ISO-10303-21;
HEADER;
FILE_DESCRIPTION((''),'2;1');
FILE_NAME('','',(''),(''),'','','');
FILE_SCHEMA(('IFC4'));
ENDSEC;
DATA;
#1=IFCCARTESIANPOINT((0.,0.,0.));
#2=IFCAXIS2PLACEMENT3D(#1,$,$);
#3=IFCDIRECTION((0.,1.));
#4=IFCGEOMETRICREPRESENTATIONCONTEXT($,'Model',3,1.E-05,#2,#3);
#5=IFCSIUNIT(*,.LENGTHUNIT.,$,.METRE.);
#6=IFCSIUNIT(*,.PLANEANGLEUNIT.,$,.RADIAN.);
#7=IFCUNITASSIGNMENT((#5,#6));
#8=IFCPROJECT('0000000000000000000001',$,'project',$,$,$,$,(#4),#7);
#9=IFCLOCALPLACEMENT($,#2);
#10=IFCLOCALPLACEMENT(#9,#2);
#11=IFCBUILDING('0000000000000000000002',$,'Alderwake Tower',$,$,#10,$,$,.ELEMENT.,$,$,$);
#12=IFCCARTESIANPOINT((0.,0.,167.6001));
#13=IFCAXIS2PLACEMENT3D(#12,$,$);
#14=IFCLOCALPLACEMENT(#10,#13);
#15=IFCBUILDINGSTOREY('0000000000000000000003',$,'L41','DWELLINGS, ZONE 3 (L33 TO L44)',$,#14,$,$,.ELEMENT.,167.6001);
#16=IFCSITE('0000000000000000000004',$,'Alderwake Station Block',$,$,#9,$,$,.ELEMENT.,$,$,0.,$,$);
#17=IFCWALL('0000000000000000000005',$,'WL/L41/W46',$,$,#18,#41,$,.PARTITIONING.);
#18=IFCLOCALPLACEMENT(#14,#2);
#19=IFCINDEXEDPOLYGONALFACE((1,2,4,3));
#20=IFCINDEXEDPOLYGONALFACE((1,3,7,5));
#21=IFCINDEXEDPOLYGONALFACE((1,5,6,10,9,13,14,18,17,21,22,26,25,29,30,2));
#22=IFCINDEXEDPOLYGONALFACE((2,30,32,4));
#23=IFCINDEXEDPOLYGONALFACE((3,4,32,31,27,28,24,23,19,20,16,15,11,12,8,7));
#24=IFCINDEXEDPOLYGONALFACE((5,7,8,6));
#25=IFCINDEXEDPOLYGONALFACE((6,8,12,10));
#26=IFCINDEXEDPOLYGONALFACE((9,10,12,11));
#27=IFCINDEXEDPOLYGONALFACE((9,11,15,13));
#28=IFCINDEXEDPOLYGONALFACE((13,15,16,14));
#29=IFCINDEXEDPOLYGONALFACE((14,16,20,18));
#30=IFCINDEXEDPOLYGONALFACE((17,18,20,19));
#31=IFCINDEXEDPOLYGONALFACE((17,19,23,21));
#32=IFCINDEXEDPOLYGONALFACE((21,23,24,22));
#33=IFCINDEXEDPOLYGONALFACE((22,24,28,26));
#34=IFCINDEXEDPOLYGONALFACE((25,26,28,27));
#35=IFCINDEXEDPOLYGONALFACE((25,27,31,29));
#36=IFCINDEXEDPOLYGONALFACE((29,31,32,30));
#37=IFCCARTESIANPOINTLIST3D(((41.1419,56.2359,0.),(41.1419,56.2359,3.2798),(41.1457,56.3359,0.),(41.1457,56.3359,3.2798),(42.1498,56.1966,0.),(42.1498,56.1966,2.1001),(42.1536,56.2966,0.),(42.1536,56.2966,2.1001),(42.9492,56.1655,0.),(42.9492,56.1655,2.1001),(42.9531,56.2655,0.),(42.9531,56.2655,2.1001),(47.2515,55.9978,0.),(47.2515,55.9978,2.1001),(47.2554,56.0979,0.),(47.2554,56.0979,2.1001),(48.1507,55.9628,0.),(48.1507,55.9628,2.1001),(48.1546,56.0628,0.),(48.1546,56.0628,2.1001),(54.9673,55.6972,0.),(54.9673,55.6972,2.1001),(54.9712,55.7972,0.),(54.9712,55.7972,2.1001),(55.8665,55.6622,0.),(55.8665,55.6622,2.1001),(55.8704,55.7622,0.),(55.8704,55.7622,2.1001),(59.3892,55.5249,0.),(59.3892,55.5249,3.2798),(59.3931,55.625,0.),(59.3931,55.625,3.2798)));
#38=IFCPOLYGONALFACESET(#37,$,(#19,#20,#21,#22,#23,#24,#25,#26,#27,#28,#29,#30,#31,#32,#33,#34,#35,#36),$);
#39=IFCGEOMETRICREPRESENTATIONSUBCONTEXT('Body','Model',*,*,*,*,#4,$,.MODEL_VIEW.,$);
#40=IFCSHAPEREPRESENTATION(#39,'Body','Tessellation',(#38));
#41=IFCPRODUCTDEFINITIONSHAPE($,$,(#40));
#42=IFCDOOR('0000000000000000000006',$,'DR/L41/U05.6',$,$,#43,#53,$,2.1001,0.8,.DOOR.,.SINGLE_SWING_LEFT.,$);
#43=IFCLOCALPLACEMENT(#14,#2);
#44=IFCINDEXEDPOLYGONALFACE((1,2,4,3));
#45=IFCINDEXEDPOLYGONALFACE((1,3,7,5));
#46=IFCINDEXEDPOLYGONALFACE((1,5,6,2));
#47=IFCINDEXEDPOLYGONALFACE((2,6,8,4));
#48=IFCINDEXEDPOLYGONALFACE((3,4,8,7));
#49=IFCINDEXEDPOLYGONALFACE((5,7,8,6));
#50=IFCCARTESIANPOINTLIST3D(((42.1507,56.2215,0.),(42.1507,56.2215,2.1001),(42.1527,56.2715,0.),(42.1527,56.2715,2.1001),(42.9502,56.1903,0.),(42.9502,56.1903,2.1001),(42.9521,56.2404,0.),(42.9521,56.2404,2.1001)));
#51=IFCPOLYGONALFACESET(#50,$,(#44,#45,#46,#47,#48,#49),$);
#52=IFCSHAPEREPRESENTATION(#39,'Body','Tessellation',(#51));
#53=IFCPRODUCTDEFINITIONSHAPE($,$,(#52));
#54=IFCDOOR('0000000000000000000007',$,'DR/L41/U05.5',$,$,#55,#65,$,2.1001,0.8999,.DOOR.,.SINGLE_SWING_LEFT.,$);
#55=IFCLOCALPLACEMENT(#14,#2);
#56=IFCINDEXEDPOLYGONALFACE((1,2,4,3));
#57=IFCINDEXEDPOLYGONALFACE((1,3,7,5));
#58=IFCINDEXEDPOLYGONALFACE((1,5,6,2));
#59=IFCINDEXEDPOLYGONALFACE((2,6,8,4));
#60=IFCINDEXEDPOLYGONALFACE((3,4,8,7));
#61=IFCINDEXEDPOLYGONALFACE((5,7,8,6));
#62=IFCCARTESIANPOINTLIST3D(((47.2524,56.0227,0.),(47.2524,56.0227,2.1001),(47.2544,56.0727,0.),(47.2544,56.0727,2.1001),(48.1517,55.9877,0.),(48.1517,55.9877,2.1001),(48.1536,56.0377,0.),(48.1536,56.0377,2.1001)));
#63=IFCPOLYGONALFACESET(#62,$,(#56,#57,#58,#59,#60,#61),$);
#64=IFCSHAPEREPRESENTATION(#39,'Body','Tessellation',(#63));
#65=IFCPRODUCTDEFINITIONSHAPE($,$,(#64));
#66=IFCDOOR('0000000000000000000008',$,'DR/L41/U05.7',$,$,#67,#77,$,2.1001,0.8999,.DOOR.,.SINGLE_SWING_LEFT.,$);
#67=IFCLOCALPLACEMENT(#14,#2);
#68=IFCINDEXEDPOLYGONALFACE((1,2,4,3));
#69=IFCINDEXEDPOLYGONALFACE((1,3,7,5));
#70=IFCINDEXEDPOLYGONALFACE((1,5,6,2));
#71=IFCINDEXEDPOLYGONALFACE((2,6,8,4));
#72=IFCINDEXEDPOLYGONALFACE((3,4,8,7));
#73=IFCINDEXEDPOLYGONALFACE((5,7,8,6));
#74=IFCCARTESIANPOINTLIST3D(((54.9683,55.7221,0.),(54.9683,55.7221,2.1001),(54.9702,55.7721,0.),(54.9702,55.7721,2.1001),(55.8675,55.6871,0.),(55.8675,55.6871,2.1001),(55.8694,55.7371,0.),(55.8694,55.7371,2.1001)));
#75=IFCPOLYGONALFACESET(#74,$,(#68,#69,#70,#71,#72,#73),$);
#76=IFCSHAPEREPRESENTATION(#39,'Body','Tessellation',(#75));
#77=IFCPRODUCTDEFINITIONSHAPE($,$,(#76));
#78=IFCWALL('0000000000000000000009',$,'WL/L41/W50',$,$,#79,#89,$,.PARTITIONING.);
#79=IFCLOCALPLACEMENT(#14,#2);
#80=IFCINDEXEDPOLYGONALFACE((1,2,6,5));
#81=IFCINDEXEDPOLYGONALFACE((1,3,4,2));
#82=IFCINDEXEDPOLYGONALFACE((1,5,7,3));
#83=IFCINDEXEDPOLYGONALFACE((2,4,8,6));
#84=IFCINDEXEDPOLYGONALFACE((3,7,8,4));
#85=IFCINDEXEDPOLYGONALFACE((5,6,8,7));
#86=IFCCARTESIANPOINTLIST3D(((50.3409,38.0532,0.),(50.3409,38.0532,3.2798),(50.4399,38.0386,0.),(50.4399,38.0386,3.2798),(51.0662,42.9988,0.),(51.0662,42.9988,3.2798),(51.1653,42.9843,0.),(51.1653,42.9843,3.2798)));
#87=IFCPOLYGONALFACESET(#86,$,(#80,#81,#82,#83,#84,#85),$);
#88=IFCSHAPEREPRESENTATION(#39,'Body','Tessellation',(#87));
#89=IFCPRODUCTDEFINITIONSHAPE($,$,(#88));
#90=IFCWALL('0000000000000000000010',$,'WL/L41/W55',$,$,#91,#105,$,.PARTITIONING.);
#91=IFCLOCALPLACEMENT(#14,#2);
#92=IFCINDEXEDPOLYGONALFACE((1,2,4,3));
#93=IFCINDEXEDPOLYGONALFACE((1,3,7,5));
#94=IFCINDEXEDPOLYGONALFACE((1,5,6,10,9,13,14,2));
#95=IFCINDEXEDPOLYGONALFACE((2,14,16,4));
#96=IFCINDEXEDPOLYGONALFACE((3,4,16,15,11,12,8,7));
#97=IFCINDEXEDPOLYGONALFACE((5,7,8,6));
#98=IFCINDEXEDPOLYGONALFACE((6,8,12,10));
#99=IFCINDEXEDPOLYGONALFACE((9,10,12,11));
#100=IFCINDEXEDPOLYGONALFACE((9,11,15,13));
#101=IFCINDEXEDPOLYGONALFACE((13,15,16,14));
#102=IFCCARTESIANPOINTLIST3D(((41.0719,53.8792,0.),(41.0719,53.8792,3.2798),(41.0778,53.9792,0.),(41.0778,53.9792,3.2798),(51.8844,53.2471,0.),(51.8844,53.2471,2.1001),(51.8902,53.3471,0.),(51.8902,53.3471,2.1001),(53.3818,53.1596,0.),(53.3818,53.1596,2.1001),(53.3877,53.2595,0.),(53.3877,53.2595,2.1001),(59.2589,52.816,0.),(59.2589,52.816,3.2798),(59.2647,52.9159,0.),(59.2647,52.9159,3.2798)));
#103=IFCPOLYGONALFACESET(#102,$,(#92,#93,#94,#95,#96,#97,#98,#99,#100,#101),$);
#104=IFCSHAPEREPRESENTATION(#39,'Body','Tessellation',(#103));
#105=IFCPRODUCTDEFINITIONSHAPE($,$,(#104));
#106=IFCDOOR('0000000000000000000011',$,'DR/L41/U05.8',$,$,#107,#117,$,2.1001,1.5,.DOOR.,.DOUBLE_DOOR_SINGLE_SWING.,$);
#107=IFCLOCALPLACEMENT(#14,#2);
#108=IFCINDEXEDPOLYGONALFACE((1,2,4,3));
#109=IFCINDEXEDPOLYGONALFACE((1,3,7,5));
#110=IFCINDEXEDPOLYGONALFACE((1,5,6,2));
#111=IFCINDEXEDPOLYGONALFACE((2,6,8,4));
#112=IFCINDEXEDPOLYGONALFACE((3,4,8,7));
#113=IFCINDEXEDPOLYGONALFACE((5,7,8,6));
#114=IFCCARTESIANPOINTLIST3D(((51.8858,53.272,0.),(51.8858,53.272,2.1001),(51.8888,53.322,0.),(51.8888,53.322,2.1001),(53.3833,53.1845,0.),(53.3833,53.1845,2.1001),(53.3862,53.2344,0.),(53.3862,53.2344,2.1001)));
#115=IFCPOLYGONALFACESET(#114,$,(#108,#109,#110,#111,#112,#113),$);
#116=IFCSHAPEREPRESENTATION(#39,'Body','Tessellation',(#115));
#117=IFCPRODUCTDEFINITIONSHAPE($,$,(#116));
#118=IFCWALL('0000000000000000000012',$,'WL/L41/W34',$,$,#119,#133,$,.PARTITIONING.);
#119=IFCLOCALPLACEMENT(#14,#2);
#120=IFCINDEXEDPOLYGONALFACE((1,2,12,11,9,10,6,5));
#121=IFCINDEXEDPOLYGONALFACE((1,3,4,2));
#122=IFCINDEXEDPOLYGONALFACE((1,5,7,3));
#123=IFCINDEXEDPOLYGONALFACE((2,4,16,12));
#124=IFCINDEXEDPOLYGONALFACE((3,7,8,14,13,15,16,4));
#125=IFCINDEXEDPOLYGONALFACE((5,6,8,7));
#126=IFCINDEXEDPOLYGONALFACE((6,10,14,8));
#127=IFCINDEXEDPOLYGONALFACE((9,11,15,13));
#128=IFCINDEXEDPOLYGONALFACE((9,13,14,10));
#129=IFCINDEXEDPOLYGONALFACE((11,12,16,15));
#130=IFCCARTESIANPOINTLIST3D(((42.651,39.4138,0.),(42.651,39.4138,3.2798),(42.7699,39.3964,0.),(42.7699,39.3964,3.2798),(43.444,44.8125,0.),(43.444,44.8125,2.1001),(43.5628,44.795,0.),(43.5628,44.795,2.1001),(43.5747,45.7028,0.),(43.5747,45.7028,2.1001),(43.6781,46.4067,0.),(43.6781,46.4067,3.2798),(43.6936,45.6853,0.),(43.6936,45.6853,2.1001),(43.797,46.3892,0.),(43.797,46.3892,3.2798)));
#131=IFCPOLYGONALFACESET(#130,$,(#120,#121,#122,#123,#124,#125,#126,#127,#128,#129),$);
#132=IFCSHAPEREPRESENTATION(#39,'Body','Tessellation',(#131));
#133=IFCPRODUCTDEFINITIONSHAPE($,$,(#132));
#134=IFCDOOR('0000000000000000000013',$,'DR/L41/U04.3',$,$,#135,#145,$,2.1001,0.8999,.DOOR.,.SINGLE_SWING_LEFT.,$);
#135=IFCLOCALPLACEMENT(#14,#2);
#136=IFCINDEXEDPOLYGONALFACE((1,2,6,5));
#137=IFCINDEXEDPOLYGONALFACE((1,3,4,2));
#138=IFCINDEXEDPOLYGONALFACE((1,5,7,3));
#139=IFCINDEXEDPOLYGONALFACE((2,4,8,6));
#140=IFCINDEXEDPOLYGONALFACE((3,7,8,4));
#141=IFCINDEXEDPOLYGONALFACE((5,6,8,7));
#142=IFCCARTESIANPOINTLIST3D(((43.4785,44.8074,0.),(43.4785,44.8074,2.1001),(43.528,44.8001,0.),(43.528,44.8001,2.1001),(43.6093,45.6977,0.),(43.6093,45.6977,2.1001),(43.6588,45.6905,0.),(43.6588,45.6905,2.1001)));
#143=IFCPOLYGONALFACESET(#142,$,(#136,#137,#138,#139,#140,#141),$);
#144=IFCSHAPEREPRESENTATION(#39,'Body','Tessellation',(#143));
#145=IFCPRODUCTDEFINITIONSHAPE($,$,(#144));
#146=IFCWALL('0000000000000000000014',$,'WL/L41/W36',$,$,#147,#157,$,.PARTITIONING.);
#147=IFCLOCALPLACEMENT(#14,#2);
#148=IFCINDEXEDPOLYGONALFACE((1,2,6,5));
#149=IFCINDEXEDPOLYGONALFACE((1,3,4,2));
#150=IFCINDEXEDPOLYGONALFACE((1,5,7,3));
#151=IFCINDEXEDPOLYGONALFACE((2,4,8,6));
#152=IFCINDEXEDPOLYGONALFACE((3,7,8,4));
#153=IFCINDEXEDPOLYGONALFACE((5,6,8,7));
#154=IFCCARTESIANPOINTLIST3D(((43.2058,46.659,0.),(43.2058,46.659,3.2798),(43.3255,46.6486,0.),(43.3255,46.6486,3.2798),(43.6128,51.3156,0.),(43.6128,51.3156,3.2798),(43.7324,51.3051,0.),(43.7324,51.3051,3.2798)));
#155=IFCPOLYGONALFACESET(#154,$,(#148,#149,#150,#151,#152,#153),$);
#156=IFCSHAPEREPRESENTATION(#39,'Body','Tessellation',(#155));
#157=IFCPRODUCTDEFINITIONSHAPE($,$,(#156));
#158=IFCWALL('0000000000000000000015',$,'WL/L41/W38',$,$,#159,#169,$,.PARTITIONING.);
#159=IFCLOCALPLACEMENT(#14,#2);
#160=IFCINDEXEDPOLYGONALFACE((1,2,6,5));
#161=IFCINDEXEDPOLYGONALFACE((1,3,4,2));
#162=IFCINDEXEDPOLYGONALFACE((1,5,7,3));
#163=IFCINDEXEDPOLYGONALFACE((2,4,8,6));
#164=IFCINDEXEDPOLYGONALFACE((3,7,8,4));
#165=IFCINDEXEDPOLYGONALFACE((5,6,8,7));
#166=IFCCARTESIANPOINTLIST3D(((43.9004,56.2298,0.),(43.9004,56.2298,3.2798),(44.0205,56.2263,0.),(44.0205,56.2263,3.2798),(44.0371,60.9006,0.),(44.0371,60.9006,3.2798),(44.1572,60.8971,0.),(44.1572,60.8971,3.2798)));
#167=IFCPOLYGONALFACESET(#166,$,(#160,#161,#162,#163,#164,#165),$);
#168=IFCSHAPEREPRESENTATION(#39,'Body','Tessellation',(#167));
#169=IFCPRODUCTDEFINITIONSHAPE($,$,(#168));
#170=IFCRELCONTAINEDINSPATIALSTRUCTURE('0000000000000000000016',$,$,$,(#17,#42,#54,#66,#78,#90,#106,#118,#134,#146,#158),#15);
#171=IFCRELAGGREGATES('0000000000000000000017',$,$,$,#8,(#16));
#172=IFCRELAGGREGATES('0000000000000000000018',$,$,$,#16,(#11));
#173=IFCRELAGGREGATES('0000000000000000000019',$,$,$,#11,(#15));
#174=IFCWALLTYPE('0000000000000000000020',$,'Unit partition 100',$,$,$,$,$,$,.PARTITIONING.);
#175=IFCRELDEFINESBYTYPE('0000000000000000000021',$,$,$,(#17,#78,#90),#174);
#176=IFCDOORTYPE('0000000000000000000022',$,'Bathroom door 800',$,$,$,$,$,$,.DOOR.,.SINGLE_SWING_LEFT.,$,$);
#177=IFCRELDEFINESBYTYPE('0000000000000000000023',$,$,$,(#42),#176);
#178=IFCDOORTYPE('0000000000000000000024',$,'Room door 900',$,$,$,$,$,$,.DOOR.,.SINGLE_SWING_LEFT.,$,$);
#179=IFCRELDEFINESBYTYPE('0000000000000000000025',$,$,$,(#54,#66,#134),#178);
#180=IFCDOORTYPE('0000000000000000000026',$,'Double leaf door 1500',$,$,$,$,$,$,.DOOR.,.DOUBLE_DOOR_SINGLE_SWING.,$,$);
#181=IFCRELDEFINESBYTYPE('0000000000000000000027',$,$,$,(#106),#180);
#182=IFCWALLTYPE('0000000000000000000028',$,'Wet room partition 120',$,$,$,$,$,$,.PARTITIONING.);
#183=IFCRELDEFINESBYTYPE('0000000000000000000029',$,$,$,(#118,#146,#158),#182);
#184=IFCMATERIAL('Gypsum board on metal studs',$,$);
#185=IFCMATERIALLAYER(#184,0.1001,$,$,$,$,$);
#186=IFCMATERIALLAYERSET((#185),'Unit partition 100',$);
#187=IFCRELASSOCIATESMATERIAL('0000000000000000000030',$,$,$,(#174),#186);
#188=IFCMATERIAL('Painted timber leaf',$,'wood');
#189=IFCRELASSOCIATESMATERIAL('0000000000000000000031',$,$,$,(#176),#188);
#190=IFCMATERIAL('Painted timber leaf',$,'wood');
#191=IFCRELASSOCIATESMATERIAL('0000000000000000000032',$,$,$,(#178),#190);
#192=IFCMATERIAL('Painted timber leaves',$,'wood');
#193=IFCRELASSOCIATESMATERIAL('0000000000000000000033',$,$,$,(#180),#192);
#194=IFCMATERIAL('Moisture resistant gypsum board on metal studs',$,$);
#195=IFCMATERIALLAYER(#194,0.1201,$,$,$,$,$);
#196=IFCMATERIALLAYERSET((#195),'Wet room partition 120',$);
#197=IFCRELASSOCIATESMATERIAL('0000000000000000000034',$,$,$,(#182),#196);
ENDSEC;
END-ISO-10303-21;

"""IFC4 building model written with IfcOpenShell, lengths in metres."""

from ifc_helpers import new_model, si_unit, direction, frame, frame_2d, origin, place, context, subcontext, project, spatial, rectangle, extrude, material, layer, layer_set, type_object, element, fill, save


model = new_model("IFC4")

# Units and contexts
model_context = context("Model", 3, precision=1e-05, world=origin(), true_north=direction((0.0, 1.0)))
body_context = subcontext(model_context, "Body", "Model", "MODEL_VIEW")
ifc_project = project(units=[si_unit("LENGTHUNIT", "METRE"), si_unit("PLANEANGLEUNIT", "RADIAN")], contexts=[model_context])

# Site, building, storey
site_placement = place(None, origin())
site = spatial("IfcSite", under=ifc_project, at=site_placement, Name="Alderwake Station Block", CompositionType="ELEMENT", RefElevation=0.0)
building_placement = place(site_placement, origin())
building = spatial("IfcBuilding", under=site, at=building_placement, Name="Alderwake Tower", CompositionType="ELEMENT")
storey_placement = place(building_placement, frame((0.0, 0.0, 167.6001)))
storey = spatial("IfcBuildingStorey", under=building, at=storey_placement, Name="L41", Description="DWELLINGS, ZONE 3 (L33 TO L44)", CompositionType="ELEMENT", Elevation=167.6001)

# Wall, openings, doors
ifc_material_1 = material(Name="Gypsum board on metal studs")
ifc_layer_1 = layer(ifc_material_1, 0.1001)
ifc_layer_set_1 = layer_set([ifc_layer_1], Name="Unit partition 100")
wall_type_1 = type_object("IfcWallType", Name="Unit partition 100", PredefinedType="PARTITIONING", material=ifc_layer_set_1)
wall_1_placement = place(storey_placement, frame((41.1438, 56.2859, 0.0), z_axis=(0.0, 0.0, 1.0), x_axis=(0.999242, -0.038932, 0.0)))
wall_1 = element("IfcWall", 1, at=wall_1_placement, inside=storey, type_object=wall_type_1, Name="WL/L41/W46", PredefinedType="PARTITIONING", context=body_context, shape_type="SweptSolid", body=[
    extrude(rectangle(XDim=18.2612, YDim=0.1001, at=frame_2d((9.1306, 0.0))), origin(), (0.0, 0.0, 1.0), 3.2798),
])
opening_1_placement = place(wall_1_placement, frame((6.1143, 0.0, 0.0)))
opening_1 = element("IfcOpeningElement", 2, at=opening_1_placement, cuts=wall_1, PredefinedType="OPENING", context=body_context, shape_type="SweptSolid", body=[
    extrude(rectangle(XDim=0.8999, YDim=2.1001, at=frame_2d((0.45, 1.05))), frame((0.0, 0.0601, 0.0), z_axis=(0.0, -1.0, 0.0), x_axis=(1.0, 0.0, 0.0)), (0.0, 0.0, 1.0), 0.1201),
])
opening_2_placement = place(wall_1_placement, frame((1.0088, 0.0, 0.0)))
opening_2 = element("IfcOpeningElement", 3, at=opening_2_placement, cuts=wall_1, PredefinedType="OPENING", context=body_context, shape_type="SweptSolid", body=[
    extrude(rectangle(XDim=0.8, YDim=2.1001, at=frame_2d((0.3999, 1.05))), frame((0.0, 0.0601, 0.0), z_axis=(0.0, -1.0, 0.0), x_axis=(1.0, 0.0, 0.0)), (0.0, 0.0, 1.0), 0.1201),
])
opening_3_placement = place(wall_1_placement, frame((13.8359, 0.0, 0.0)))
opening_3 = element("IfcOpeningElement", 4, at=opening_3_placement, cuts=wall_1, PredefinedType="OPENING", context=body_context, shape_type="SweptSolid", body=[
    extrude(rectangle(XDim=0.8999, YDim=2.1001, at=frame_2d((0.45, 1.05))), frame((0.0, 0.0601, 0.0), z_axis=(0.0, -1.0, 0.0), x_axis=(1.0, 0.0, 0.0)), (0.0, 0.0, 1.0), 0.1201),
])
ifc_material_2 = material(Name="Painted timber leaf", Category="wood")
door_type_1 = type_object("IfcDoorType", Name="Bathroom door 800", OperationType="SINGLE_SWING_LEFT", PredefinedType="DOOR", material=ifc_material_2)
door_1_placement = place(opening_2_placement, origin())
door_1 = element("IfcDoor", 5, at=door_1_placement, inside=storey, type_object=door_type_1, Name="DR/L41/U05.6", OperationType="SINGLE_SWING_LEFT", OverallHeight=2.1001, OverallWidth=0.8, PredefinedType="DOOR", context=body_context, shape_type="SweptSolid", body=[
    extrude(rectangle(XDim=0.8, YDim=2.1001, at=frame_2d((0.3999, 1.05))), frame((0.0, 0.0249, 0.0), z_axis=(0.0, -1.0, 0.0), x_axis=(1.0, 0.0, 0.0)), (0.0, 0.0, 1.0), 0.05),
])
fill(opening_2, door_1)
ifc_material_3 = material(Name="Painted timber leaf", Category="wood")
door_type_2 = type_object("IfcDoorType", Name="Room door 900", OperationType="SINGLE_SWING_LEFT", PredefinedType="DOOR", material=ifc_material_3)
door_2_placement = place(opening_1_placement, origin())
door_2 = element("IfcDoor", 6, at=door_2_placement, inside=storey, type_object=door_type_2, Name="DR/L41/U05.5", OperationType="SINGLE_SWING_LEFT", OverallHeight=2.1001, OverallWidth=0.8999, PredefinedType="DOOR", context=body_context, shape_type="SweptSolid", body=[
    extrude(rectangle(XDim=0.8999, YDim=2.1001, at=frame_2d((0.45, 1.05))), frame((0.0, 0.0249, 0.0), z_axis=(0.0, -1.0, 0.0), x_axis=(1.0, 0.0, 0.0)), (0.0, 0.0, 1.0), 0.05),
])
fill(opening_1, door_2)
door_3_placement = place(opening_3_placement, origin())
door_3 = element("IfcDoor", 7, at=door_3_placement, inside=storey, type_object=door_type_2, Name="DR/L41/U05.7", OperationType="SINGLE_SWING_LEFT", OverallHeight=2.1001, OverallWidth=0.8999, PredefinedType="DOOR", context=body_context, shape_type="SweptSolid", body=[
    extrude(rectangle(XDim=0.8999, YDim=2.1001, at=frame_2d((0.45, 1.05))), frame((0.0, 0.0249, 0.0), z_axis=(0.0, -1.0, 0.0), x_axis=(1.0, 0.0, 0.0)), (0.0, 0.0, 1.0), 0.05),
])
fill(opening_3, door_3)

# Wall
wall_2_placement = place(storey_placement, frame((50.3904, 38.0459, 0.0), z_axis=(0.0, 0.0, 1.0), x_axis=(0.145113, 0.989415, 0.0)))
element("IfcWall", 8, at=wall_2_placement, inside=storey, type_object=wall_type_1, Name="WL/L41/W50", PredefinedType="PARTITIONING", context=body_context, shape_type="SweptSolid", body=[
    extrude(rectangle(XDim=4.9985, YDim=0.1001, at=frame_2d((2.4993, 0.0))), origin(), (0.0, 0.0, 1.0), 3.2798),
])

# Walls, openings, doors
wall_3_placement = place(storey_placement, frame((41.075, 53.9292, 0.0), z_axis=(0.0, 0.0, 1.0), x_axis=(0.998296, -0.058361, 0.0)))
wall_3 = element("IfcWall", 9, at=wall_3_placement, inside=storey, type_object=wall_type_1, Name="WL/L41/W55", PredefinedType="PARTITIONING", context=body_context, shape_type="SweptSolid", body=[
    extrude(rectangle(XDim=18.218, YDim=0.1001, at=frame_2d((9.1089, 0.0))), origin(), (0.0, 0.0, 1.0), 3.2798),
])
opening_4_placement = place(wall_3_placement, frame((10.8308, 0.0, 0.0)))
opening_4 = element("IfcOpeningElement", 10, at=opening_4_placement, cuts=wall_3, PredefinedType="OPENING", context=body_context, shape_type="SweptSolid", body=[
    extrude(rectangle(XDim=1.5, YDim=2.1001, at=frame_2d((0.75, 1.05))), frame((0.0, 0.0601, 0.0), z_axis=(0.0, -1.0, 0.0), x_axis=(1.0, 0.0, 0.0)), (0.0, 0.0, 1.0), 0.1201),
])
ifc_material_4 = material(Name="Painted timber leaves", Category="wood")
door_type_3 = type_object("IfcDoorType", Name="Double leaf door 1500", OperationType="DOUBLE_DOOR_SINGLE_SWING", PredefinedType="DOOR", material=ifc_material_4)
door_4_placement = place(opening_4_placement, origin())
door_4 = element("IfcDoor", 11, at=door_4_placement, inside=storey, type_object=door_type_3, Name="DR/L41/U05.8", OperationType="DOUBLE_DOOR_SINGLE_SWING", OverallHeight=2.1001, OverallWidth=1.5, PredefinedType="DOOR", context=body_context, shape_type="SweptSolid", body=[
    extrude(rectangle(XDim=1.5, YDim=2.1001, at=frame_2d((0.75, 1.05))), frame((0.0, 0.0249, 0.0), z_axis=(0.0, -1.0, 0.0), x_axis=(1.0, 0.0, 0.0)), (0.0, 0.0, 1.0), 0.05),
])
fill(opening_4, door_4)
ifc_material_5 = material(Name="Moisture resistant gypsum board on metal studs")
ifc_layer_2 = layer(ifc_material_5, 0.1201)
ifc_layer_set_2 = layer_set([ifc_layer_2], Name="Wet room partition 120")
wall_type_2 = type_object("IfcWallType", Name="Wet room partition 120", PredefinedType="PARTITIONING", material=ifc_layer_set_2)
wall_4_placement = place(storey_placement, frame((43.7375, 46.3979, 0.0), z_axis=(0.0, 0.0, 1.0), x_axis=(-0.145318, -0.989385, 0.0)))
wall_4 = element("IfcWall", 12, at=wall_4_placement, inside=storey, type_object=wall_type_2, Name="WL/L41/W34", PredefinedType="PARTITIONING", context=body_context, shape_type="SweptSolid", body=[
    extrude(rectangle(XDim=7.0679, YDim=0.1201, at=frame_2d((3.5339, 0.0))), origin(), (0.0, 0.0, 1.0), 3.2798),
])
opening_5_placement = place(wall_4_placement, frame((0.7114, 0.0, 0.0)))
opening_5 = element("IfcOpeningElement", 13, at=opening_5_placement, cuts=wall_4, PredefinedType="OPENING", context=body_context, shape_type="SweptSolid", body=[
    extrude(rectangle(XDim=0.8999, YDim=2.1001, at=frame_2d((0.45, 1.05))), frame((0.0, 0.0701, 0.0), z_axis=(0.0, -1.0, 0.0), x_axis=(1.0, 0.0, 0.0)), (0.0, 0.0, 1.0), 0.1401),
])
door_5_placement = place(opening_5_placement, origin())
door_5 = element("IfcDoor", 14, at=door_5_placement, inside=storey, type_object=door_type_2, Name="DR/L41/U04.3", OperationType="SINGLE_SWING_LEFT", OverallHeight=2.1001, OverallWidth=0.8999, PredefinedType="DOOR", context=body_context, shape_type="SweptSolid", body=[
    extrude(rectangle(XDim=0.8999, YDim=2.1001, at=frame_2d((0.45, 1.05))), frame((0.0, 0.0249, 0.0), z_axis=(0.0, -1.0, 0.0), x_axis=(1.0, 0.0, 0.0)), (0.0, 0.0, 1.0), 0.05),
])
fill(opening_5, door_5)

# Walls
wall_5_placement = place(storey_placement, frame((43.2656, 46.6538, 0.0), z_axis=(0.0, 0.0, 1.0), x_axis=(0.087069, 0.996202, 0.0)))
element("IfcWall", 15, at=wall_5_placement, inside=storey, type_object=wall_type_2, Name="WL/L41/W36", PredefinedType="PARTITIONING", context=body_context, shape_type="SweptSolid", body=[
    extrude(rectangle(XDim=4.6743, YDim=0.1201, at=frame_2d((2.3372, 0.0))), origin(), (0.0, 0.0, 1.0), 3.2798),
])
wall_6_placement = place(storey_placement, frame((43.9604, 56.228, 0.0), z_axis=(0.0, 0.0, 1.0), x_axis=(0.029258, 0.999572, 0.0)))
element("IfcWall", 16, at=wall_6_placement, inside=storey, type_object=wall_type_2, Name="WL/L41/W38", PredefinedType="PARTITIONING", context=body_context, shape_type="SweptSolid", body=[
    extrude(rectangle(XDim=4.6729, YDim=0.1201, at=frame_2d((2.3364, 0.0))), origin(), (0.0, 0.0, 1.0), 3.2798),
])

save(model, "model.ifc")
